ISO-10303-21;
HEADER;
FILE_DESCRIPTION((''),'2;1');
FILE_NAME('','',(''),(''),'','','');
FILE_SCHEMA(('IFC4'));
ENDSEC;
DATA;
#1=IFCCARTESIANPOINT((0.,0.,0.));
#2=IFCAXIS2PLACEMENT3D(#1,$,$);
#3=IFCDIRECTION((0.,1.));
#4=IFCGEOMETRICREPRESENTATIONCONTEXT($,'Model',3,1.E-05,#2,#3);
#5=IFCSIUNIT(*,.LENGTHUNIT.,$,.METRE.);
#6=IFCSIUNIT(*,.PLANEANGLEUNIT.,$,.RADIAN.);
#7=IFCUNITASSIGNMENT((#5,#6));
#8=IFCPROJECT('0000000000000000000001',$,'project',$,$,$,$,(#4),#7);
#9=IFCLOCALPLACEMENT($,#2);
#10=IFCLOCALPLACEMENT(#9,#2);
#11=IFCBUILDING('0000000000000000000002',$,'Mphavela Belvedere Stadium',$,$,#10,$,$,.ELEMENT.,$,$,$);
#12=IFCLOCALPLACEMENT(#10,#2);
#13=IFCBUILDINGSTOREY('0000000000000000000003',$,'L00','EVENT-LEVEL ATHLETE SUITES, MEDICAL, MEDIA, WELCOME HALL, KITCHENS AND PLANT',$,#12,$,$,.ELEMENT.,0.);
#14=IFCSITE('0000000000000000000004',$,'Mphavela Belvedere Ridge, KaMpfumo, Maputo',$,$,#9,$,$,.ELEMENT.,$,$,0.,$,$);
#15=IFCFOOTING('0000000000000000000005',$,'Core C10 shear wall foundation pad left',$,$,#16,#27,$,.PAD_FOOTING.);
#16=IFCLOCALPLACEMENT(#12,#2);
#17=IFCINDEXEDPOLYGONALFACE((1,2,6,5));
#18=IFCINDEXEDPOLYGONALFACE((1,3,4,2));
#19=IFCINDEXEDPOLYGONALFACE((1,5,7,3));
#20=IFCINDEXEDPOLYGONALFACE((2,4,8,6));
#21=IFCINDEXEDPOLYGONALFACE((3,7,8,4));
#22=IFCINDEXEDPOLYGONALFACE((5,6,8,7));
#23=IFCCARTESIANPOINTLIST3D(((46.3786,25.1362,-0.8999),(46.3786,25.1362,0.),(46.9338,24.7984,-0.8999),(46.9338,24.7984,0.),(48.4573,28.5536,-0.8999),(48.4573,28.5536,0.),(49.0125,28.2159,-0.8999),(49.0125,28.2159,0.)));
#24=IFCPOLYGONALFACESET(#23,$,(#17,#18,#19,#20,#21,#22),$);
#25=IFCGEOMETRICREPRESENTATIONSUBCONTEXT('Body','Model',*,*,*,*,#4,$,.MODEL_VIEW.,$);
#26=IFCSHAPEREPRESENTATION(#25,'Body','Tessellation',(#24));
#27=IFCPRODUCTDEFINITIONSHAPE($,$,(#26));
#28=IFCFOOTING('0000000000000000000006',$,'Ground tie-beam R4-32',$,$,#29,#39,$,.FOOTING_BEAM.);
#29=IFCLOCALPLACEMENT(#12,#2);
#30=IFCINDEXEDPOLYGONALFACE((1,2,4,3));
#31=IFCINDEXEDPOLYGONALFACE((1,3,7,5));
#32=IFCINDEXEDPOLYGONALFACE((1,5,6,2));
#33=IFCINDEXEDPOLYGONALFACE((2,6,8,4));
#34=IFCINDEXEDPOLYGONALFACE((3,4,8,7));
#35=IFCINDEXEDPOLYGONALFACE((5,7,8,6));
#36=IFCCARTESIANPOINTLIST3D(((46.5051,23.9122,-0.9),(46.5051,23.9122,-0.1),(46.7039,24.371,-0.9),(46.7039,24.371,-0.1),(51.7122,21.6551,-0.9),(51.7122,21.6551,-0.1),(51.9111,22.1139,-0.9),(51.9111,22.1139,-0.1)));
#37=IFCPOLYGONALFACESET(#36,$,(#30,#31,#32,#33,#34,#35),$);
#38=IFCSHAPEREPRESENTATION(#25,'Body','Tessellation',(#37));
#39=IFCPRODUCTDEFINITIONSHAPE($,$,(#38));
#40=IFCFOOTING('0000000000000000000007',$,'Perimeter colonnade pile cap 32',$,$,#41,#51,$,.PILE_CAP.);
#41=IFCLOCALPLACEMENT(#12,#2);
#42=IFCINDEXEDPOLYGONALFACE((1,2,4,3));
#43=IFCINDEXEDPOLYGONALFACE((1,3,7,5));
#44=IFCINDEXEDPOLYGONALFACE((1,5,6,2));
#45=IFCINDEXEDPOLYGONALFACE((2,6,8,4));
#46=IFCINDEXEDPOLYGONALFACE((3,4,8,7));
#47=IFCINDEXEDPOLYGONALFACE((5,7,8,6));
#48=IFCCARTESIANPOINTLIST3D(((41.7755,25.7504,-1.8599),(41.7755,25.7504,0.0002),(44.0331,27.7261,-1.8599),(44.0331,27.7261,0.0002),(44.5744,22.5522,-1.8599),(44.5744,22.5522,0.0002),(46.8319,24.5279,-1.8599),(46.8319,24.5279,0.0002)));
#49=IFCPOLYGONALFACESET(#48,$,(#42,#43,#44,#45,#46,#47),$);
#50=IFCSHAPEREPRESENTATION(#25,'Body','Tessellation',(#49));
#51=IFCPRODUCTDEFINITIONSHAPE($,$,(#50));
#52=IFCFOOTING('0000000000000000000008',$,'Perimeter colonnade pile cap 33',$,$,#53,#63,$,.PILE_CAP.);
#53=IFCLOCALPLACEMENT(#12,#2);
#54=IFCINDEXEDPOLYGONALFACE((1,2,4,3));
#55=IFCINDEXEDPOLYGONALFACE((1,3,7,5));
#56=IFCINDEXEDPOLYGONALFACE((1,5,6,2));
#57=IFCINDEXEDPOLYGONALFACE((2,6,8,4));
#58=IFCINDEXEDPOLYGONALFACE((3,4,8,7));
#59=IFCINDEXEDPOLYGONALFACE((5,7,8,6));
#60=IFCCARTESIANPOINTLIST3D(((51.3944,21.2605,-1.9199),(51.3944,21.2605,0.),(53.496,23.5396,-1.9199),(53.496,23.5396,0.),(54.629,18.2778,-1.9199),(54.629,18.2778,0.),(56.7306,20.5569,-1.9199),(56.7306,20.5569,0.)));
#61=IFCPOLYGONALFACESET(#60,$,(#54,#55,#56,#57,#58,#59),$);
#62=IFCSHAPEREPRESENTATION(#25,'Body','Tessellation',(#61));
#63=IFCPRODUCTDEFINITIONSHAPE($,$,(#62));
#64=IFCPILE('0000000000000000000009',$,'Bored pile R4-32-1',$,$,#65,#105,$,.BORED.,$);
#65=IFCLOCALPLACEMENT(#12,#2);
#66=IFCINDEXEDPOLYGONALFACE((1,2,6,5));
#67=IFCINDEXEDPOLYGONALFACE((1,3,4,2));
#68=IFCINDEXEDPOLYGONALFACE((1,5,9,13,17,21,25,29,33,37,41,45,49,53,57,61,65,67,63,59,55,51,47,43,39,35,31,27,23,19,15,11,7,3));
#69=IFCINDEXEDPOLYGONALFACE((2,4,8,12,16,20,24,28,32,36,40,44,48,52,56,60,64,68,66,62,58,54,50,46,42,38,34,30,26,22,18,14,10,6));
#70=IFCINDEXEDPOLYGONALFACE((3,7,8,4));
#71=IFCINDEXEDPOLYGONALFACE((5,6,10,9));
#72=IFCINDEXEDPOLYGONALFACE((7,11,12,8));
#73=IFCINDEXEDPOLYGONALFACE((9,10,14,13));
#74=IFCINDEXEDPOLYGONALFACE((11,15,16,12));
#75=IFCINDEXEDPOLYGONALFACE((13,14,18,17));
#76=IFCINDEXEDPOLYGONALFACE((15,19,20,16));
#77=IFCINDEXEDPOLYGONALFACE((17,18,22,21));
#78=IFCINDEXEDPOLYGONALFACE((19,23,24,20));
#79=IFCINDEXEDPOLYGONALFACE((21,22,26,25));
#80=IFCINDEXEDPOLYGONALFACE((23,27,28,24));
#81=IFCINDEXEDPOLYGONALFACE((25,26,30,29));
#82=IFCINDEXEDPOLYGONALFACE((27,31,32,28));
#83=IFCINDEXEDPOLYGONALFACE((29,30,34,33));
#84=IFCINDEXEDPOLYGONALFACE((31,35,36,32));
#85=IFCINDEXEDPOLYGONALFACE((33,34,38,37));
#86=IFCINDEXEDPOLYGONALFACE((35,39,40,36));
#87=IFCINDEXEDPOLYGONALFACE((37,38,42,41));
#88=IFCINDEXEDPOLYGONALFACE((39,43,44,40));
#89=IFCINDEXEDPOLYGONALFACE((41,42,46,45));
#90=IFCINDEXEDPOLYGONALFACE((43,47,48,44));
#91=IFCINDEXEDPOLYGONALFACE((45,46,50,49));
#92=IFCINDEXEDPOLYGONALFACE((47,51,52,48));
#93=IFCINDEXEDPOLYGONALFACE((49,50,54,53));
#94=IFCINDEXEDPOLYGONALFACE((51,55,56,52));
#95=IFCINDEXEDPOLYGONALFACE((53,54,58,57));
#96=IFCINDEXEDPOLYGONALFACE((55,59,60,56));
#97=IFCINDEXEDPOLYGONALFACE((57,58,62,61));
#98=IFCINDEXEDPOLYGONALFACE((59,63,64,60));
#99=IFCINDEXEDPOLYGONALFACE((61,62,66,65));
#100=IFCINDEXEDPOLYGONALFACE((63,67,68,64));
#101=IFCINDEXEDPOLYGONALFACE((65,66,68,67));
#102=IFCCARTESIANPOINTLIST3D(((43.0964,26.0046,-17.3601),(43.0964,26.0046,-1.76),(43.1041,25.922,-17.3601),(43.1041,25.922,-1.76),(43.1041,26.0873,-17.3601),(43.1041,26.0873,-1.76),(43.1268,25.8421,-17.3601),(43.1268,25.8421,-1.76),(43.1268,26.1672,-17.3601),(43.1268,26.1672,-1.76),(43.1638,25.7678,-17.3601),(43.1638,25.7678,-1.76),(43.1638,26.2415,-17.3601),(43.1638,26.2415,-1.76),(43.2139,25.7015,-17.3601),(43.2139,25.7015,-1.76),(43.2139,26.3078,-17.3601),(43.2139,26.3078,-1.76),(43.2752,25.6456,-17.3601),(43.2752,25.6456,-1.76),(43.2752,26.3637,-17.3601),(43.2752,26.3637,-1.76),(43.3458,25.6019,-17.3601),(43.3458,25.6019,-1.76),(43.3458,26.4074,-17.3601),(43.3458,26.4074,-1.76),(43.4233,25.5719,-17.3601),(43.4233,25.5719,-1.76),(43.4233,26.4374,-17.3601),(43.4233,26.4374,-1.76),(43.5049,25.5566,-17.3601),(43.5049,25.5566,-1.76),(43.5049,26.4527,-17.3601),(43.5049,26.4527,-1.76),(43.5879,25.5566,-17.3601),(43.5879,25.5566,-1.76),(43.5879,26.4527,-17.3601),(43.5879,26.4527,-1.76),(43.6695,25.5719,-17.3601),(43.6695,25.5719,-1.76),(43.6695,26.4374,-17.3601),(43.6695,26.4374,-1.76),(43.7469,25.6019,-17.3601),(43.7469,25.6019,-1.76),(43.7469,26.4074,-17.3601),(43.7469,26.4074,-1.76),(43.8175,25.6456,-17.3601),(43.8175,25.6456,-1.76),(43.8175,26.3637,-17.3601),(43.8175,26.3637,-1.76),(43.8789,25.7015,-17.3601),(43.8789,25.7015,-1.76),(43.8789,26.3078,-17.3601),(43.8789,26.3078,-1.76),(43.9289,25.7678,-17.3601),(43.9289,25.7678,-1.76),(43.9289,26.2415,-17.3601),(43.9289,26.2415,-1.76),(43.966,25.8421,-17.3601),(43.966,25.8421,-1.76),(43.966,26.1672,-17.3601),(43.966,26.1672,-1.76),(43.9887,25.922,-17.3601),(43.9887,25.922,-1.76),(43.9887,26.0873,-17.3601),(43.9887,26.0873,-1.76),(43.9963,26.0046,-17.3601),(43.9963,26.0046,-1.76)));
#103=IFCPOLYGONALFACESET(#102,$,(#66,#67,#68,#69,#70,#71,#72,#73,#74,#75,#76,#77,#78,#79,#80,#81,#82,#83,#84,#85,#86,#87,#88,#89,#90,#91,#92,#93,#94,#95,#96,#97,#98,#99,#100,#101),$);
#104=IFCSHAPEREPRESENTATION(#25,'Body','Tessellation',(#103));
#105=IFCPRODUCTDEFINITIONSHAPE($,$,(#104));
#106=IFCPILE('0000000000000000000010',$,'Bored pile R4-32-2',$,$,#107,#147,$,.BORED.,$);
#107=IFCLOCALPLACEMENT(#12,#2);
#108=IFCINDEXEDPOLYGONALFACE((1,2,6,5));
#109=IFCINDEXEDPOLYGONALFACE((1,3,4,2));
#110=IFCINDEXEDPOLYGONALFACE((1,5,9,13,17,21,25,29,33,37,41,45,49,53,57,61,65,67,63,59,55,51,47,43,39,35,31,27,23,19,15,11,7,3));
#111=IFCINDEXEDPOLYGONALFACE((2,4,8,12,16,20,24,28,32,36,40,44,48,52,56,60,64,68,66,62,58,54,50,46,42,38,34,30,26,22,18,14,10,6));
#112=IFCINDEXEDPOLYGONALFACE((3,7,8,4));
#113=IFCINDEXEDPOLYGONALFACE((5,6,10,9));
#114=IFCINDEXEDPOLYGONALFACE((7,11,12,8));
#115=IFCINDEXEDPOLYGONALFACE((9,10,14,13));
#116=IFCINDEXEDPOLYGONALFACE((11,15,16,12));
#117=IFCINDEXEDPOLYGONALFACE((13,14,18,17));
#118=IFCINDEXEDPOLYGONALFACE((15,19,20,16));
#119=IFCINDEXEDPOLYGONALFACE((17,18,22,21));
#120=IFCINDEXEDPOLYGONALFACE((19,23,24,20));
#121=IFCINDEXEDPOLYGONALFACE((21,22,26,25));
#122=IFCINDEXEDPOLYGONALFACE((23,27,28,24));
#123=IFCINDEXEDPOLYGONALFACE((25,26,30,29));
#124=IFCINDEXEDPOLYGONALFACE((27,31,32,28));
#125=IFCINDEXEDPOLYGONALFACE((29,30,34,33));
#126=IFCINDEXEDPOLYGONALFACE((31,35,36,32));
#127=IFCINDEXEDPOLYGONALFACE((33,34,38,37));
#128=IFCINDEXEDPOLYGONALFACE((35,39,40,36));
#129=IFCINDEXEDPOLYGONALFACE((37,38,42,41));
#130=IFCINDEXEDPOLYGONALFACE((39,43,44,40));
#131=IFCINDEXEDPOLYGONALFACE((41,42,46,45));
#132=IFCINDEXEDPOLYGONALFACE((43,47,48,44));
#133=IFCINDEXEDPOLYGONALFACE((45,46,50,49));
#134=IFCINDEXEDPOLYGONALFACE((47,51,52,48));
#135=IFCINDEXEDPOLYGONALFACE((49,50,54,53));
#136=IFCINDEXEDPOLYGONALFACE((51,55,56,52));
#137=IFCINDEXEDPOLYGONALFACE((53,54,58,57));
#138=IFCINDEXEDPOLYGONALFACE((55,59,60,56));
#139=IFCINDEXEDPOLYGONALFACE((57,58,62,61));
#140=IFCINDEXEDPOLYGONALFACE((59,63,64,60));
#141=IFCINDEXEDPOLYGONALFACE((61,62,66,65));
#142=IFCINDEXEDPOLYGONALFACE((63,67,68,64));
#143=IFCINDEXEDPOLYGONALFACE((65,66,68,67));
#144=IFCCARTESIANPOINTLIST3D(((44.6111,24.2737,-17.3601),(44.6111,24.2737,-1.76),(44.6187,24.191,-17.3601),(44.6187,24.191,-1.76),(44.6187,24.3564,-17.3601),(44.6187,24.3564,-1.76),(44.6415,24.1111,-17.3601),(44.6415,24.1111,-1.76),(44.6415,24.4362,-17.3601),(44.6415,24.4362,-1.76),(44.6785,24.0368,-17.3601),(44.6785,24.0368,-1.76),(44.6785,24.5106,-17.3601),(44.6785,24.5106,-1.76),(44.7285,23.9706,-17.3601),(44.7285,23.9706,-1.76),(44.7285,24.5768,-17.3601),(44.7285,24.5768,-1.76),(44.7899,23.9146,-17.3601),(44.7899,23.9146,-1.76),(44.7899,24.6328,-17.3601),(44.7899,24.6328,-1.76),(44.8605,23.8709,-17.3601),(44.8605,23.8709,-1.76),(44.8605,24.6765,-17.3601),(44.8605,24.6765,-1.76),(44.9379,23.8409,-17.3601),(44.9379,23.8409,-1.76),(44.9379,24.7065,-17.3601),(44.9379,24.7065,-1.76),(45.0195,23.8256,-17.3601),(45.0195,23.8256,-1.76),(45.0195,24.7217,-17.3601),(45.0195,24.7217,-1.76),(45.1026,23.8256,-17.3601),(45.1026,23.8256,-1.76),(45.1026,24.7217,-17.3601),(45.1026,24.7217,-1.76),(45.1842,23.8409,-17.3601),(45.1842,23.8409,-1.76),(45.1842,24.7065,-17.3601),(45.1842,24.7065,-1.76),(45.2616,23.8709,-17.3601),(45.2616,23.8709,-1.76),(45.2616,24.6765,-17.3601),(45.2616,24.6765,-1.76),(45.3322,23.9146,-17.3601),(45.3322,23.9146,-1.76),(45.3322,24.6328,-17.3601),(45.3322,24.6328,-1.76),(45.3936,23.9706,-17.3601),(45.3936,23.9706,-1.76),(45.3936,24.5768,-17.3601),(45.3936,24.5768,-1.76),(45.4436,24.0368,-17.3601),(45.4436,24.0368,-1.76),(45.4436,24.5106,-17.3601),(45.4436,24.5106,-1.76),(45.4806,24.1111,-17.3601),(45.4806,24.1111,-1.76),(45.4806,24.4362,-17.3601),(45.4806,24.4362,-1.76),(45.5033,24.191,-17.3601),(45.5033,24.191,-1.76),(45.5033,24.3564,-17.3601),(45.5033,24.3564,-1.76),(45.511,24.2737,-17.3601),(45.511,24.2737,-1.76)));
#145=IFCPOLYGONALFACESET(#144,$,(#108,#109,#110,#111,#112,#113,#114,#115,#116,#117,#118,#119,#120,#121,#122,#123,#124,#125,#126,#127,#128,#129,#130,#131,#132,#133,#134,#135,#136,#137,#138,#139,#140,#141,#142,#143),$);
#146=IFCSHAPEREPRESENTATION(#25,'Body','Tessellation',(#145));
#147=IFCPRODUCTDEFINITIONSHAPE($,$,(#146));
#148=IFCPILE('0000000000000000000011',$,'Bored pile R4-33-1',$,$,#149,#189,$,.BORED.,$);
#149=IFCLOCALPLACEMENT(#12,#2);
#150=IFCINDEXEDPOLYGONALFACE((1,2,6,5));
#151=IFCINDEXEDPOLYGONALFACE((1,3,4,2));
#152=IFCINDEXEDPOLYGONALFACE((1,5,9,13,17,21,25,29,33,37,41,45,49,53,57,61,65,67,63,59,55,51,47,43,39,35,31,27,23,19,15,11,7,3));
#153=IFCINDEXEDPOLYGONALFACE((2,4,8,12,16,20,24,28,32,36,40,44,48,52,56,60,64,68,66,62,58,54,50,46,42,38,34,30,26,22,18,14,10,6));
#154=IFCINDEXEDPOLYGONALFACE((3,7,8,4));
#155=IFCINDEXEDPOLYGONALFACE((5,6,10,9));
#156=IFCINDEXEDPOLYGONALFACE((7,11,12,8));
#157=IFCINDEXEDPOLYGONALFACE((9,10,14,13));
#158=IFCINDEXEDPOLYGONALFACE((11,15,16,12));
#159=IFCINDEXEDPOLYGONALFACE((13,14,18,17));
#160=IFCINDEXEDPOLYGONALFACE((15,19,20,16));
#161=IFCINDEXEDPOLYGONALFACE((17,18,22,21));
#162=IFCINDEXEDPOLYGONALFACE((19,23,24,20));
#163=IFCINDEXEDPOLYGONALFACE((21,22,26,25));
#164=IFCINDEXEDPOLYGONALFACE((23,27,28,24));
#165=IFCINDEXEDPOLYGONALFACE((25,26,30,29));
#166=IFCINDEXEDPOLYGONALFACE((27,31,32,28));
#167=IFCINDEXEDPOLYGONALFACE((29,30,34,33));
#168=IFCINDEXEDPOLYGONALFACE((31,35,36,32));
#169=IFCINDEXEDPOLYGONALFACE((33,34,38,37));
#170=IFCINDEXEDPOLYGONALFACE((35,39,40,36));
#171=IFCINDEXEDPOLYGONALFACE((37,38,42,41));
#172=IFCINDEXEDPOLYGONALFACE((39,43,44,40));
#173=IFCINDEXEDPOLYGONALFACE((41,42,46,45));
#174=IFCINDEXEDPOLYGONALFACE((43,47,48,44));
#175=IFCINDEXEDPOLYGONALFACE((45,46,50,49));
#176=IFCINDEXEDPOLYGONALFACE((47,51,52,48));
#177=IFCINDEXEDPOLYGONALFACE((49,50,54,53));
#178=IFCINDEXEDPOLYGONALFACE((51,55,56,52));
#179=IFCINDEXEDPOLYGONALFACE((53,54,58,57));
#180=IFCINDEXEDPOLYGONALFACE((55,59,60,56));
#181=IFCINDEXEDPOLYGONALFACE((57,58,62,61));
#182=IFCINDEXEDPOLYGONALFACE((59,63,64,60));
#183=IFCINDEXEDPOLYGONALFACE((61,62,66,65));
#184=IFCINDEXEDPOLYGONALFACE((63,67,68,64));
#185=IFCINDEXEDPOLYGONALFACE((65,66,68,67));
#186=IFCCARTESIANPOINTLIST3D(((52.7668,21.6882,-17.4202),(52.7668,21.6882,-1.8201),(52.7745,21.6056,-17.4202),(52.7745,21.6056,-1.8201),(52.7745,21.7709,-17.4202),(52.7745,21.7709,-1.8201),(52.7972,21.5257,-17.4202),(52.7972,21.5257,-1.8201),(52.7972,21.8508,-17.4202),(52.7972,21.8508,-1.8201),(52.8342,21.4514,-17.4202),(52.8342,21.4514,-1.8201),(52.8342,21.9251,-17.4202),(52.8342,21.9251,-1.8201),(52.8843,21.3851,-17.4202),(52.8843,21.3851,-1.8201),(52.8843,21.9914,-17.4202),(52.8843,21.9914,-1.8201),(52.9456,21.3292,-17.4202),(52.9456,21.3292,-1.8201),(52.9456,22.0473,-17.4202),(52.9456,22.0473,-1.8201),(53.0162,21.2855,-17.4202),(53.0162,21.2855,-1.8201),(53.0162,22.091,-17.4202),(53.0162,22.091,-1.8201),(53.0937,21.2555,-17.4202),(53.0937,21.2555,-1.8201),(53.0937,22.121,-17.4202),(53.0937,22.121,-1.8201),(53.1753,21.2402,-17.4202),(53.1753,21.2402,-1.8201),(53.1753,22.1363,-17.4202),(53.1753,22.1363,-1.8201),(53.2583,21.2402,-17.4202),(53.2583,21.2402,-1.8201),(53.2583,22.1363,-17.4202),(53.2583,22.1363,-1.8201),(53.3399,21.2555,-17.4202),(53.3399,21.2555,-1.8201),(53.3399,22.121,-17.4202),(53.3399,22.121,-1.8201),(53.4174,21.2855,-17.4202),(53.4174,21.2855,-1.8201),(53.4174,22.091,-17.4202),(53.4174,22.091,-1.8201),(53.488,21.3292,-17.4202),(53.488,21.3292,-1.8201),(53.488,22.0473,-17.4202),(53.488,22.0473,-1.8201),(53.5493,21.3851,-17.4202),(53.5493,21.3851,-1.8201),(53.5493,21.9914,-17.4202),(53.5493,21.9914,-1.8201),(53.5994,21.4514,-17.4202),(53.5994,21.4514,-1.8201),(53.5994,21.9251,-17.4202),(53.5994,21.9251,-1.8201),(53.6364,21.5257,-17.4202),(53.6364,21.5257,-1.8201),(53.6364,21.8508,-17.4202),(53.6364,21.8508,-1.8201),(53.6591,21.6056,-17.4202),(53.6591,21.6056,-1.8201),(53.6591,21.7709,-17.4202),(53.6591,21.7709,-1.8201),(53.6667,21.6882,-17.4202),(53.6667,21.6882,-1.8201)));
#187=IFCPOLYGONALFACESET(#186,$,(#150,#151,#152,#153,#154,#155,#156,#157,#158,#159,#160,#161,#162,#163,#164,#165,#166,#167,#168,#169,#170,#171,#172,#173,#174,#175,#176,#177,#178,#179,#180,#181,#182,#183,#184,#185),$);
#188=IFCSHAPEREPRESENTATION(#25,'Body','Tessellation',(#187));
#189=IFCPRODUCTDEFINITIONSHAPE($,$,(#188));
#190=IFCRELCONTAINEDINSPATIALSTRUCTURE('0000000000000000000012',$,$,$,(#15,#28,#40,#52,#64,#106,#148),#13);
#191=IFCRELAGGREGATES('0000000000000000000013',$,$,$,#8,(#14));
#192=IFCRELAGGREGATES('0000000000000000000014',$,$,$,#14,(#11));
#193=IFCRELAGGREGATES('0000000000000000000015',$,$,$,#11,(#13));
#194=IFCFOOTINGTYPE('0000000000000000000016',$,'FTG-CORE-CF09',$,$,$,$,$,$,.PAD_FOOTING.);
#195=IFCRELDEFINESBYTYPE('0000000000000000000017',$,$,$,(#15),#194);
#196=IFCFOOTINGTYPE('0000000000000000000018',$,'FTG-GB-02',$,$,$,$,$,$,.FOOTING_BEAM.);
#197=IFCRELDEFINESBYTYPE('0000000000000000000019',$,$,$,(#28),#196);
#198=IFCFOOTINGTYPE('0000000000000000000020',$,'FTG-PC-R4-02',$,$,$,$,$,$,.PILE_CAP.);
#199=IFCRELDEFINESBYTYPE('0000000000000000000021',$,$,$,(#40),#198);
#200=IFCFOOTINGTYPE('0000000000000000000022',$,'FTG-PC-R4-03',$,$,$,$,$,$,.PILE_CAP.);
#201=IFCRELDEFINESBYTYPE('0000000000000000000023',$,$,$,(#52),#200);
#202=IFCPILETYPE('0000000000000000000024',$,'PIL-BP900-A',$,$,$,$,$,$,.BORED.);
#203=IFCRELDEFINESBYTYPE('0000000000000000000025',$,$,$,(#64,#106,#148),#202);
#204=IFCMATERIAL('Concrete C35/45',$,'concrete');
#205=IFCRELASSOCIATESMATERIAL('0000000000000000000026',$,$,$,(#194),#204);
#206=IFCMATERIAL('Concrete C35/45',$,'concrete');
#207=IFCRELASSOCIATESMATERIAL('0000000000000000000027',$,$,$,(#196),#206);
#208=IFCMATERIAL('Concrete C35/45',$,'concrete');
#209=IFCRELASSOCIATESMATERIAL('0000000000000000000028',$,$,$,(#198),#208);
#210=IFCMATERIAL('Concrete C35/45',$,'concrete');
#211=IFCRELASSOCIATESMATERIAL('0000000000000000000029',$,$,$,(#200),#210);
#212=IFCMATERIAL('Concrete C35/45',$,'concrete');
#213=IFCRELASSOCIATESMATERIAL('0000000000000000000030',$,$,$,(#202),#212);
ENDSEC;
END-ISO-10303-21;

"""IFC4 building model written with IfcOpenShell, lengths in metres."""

from ifc_helpers import new_model, si_unit, direction, frame, origin, origin_2d, place, context, subcontext, project, spatial, rectangle, circle, extrude, material, material_profile, profile_set, type_object, element, save


model = new_model("IFC4")

# Units and contexts
model_context = context("Model", 3, precision=1e-05, world=origin(), true_north=direction((0.0, 1.0)))
body_context = subcontext(model_context, "Body", "Model", "MODEL_VIEW")
ifc_project = project(units=[si_unit("LENGTHUNIT", "METRE"), si_unit("PLANEANGLEUNIT", "RADIAN")], contexts=[model_context])

# Site, building, storey
site_placement = place(None, origin())
site = spatial("IfcSite", under=ifc_project, at=site_placement, Name="Mphavela Belvedere Ridge, KaMpfumo, Maputo", CompositionType="ELEMENT", RefElevation=0.0)
building_placement = place(site_placement, origin())
building = spatial("IfcBuilding", under=site, at=building_placement, Name="Mphavela Belvedere Stadium", CompositionType="ELEMENT")
storey_placement = place(building_placement, origin())
storey = spatial("IfcBuildingStorey", under=building, at=storey_placement, Name="L00", Description="EVENT-LEVEL ATHLETE SUITES, MEDICAL, MEDIA, WELCOME HALL, KITCHENS AND PLANT", CompositionType="ELEMENT", Elevation=0.0)

# Footings
ifc_material_1 = material(Name="Concrete C35/45", Category="concrete")
footing_type_1 = type_object("IfcFootingType", Name="FTG-CORE-CF09", PredefinedType="PAD_FOOTING", material=ifc_material_1)
footing_1_placement = place(storey_placement, frame((47.6956, 26.676, -0.8999), z_axis=(0.0, 0.0, 1.0), x_axis=(-0.519668, -0.854368, 0.0)))
element("IfcFooting", 1, at=footing_1_placement, inside=storey, type_object=footing_type_1, Name="Core C10 shear wall foundation pad left", PredefinedType="PAD_FOOTING", context=body_context, shape_type="SweptSolid", body=[
    extrude(rectangle(XDim=4.0, YDim=0.6499, at=origin_2d()), origin(), (0.0, 0.0, 1.0), 0.8999),
])
ifc_material_2 = material(Name="Concrete C35/45", Category="concrete")
ifc_material_profile_1 = material_profile(ifc_material_2, rectangle(XDim=0.5, YDim=0.8, at=origin_2d()), Name="GB 500x800")
ifc_profile_set_1 = profile_set([ifc_material_profile_1], Name="Concrete C35/45")
footing_type_2 = type_object("IfcFootingType", Name="FTG-GB-02", PredefinedType="FOOTING_BEAM", material=ifc_profile_set_1)
footing_2_placement = place(storey_placement, frame((46.6045, 24.1416, -0.5), z_axis=(0.917511, -0.397711, 0.0), x_axis=(0.397711, 0.917511, 0.0)))
element("IfcFooting", 2, at=footing_2_placement, inside=storey, type_object=footing_type_2, Name="Ground tie-beam R4-32", PredefinedType="FOOTING_BEAM", context=body_context, shape_type="SweptSolid", body=[
    extrude(rectangle(XDim=0.5, YDim=0.8, at=origin_2d()), origin(), (0.0, 0.0, 1.0), 5.6753),
])
ifc_material_3 = material(Name="Concrete C35/45", Category="concrete")
footing_type_3 = type_object("IfcFootingType", Name="FTG-PC-R4-02", PredefinedType="PILE_CAP", material=ifc_material_3)
footing_3_placement = place(storey_placement, frame((44.3037, 25.1392, -1.8599), z_axis=(0.0, 0.0, 1.0), x_axis=(0.658558, -0.75253, 0.0)))
element("IfcFooting", 3, at=footing_3_placement, inside=storey, type_object=footing_type_3, Name="Perimeter colonnade pile cap 32", PredefinedType="PILE_CAP", context=body_context, shape_type="SweptSolid", body=[
    extrude(rectangle(XDim=4.25, YDim=3.0, at=origin_2d()), origin(), (0.0, 0.0, 1.0), 1.8601),
])
ifc_material_4 = material(Name="Concrete C35/45", Category="concrete")
footing_type_4 = type_object("IfcFootingType", Name="FTG-PC-R4-03", PredefinedType="PILE_CAP", material=ifc_material_4)
footing_4_placement = place(storey_placement, frame((54.0625, 20.9087, -1.9199), z_axis=(0.0, 0.0, 1.0), x_axis=(0.735151, -0.677903, 0.0)))
element("IfcFooting", 4, at=footing_4_placement, inside=storey, type_object=footing_type_4, Name="Perimeter colonnade pile cap 33", PredefinedType="PILE_CAP", context=body_context, shape_type="SweptSolid", body=[
    extrude(rectangle(XDim=4.3999, YDim=3.1001, at=origin_2d()), origin(), (0.0, 0.0, 1.0), 1.9199),
])

# Piles
ifc_material_5 = material(Name="Concrete C35/45", Category="concrete")
ifc_material_profile_2 = material_profile(ifc_material_5, circle(Radius=0.45, at=origin_2d()), Name="BP D900")
ifc_profile_set_2 = profile_set([ifc_material_profile_2], Name="Concrete C35/45")
pile_type = type_object("IfcPileType", Name="PIL-BP900-A", PredefinedType="BORED", material=ifc_profile_set_2)
for number, where, z_axis, x_axis, name in (
    (5, (43.5464, 26.0046, -1.76), (0.0, 0.0, -1.0), (1.0, 0.0, 0.0), "Bored pile R4-32-1"),
    (6, (45.061, 24.2737, -1.76), (0.0, 0.0, -1.0), (1.0, 0.0, 0.0), "Bored pile R4-32-2"),
    (7, (53.2168, 21.6882, -1.8201), (0.0, 0.0, -1.0), (1.0, 0.0, 0.0), "Bored pile R4-33-1"),
):
    element("IfcPile", number, at=place(storey_placement, frame(where, z_axis=z_axis, x_axis=x_axis)), inside=storey, type_object=pile_type, Name=name, PredefinedType="BORED", context=body_context, shape_type="SweptSolid", body=[
        extrude(circle(Radius=0.45, at=origin_2d()), origin(), (0.0, 0.0, 1.0), 15.6001),
    ])

save(model, "model.ifc")
